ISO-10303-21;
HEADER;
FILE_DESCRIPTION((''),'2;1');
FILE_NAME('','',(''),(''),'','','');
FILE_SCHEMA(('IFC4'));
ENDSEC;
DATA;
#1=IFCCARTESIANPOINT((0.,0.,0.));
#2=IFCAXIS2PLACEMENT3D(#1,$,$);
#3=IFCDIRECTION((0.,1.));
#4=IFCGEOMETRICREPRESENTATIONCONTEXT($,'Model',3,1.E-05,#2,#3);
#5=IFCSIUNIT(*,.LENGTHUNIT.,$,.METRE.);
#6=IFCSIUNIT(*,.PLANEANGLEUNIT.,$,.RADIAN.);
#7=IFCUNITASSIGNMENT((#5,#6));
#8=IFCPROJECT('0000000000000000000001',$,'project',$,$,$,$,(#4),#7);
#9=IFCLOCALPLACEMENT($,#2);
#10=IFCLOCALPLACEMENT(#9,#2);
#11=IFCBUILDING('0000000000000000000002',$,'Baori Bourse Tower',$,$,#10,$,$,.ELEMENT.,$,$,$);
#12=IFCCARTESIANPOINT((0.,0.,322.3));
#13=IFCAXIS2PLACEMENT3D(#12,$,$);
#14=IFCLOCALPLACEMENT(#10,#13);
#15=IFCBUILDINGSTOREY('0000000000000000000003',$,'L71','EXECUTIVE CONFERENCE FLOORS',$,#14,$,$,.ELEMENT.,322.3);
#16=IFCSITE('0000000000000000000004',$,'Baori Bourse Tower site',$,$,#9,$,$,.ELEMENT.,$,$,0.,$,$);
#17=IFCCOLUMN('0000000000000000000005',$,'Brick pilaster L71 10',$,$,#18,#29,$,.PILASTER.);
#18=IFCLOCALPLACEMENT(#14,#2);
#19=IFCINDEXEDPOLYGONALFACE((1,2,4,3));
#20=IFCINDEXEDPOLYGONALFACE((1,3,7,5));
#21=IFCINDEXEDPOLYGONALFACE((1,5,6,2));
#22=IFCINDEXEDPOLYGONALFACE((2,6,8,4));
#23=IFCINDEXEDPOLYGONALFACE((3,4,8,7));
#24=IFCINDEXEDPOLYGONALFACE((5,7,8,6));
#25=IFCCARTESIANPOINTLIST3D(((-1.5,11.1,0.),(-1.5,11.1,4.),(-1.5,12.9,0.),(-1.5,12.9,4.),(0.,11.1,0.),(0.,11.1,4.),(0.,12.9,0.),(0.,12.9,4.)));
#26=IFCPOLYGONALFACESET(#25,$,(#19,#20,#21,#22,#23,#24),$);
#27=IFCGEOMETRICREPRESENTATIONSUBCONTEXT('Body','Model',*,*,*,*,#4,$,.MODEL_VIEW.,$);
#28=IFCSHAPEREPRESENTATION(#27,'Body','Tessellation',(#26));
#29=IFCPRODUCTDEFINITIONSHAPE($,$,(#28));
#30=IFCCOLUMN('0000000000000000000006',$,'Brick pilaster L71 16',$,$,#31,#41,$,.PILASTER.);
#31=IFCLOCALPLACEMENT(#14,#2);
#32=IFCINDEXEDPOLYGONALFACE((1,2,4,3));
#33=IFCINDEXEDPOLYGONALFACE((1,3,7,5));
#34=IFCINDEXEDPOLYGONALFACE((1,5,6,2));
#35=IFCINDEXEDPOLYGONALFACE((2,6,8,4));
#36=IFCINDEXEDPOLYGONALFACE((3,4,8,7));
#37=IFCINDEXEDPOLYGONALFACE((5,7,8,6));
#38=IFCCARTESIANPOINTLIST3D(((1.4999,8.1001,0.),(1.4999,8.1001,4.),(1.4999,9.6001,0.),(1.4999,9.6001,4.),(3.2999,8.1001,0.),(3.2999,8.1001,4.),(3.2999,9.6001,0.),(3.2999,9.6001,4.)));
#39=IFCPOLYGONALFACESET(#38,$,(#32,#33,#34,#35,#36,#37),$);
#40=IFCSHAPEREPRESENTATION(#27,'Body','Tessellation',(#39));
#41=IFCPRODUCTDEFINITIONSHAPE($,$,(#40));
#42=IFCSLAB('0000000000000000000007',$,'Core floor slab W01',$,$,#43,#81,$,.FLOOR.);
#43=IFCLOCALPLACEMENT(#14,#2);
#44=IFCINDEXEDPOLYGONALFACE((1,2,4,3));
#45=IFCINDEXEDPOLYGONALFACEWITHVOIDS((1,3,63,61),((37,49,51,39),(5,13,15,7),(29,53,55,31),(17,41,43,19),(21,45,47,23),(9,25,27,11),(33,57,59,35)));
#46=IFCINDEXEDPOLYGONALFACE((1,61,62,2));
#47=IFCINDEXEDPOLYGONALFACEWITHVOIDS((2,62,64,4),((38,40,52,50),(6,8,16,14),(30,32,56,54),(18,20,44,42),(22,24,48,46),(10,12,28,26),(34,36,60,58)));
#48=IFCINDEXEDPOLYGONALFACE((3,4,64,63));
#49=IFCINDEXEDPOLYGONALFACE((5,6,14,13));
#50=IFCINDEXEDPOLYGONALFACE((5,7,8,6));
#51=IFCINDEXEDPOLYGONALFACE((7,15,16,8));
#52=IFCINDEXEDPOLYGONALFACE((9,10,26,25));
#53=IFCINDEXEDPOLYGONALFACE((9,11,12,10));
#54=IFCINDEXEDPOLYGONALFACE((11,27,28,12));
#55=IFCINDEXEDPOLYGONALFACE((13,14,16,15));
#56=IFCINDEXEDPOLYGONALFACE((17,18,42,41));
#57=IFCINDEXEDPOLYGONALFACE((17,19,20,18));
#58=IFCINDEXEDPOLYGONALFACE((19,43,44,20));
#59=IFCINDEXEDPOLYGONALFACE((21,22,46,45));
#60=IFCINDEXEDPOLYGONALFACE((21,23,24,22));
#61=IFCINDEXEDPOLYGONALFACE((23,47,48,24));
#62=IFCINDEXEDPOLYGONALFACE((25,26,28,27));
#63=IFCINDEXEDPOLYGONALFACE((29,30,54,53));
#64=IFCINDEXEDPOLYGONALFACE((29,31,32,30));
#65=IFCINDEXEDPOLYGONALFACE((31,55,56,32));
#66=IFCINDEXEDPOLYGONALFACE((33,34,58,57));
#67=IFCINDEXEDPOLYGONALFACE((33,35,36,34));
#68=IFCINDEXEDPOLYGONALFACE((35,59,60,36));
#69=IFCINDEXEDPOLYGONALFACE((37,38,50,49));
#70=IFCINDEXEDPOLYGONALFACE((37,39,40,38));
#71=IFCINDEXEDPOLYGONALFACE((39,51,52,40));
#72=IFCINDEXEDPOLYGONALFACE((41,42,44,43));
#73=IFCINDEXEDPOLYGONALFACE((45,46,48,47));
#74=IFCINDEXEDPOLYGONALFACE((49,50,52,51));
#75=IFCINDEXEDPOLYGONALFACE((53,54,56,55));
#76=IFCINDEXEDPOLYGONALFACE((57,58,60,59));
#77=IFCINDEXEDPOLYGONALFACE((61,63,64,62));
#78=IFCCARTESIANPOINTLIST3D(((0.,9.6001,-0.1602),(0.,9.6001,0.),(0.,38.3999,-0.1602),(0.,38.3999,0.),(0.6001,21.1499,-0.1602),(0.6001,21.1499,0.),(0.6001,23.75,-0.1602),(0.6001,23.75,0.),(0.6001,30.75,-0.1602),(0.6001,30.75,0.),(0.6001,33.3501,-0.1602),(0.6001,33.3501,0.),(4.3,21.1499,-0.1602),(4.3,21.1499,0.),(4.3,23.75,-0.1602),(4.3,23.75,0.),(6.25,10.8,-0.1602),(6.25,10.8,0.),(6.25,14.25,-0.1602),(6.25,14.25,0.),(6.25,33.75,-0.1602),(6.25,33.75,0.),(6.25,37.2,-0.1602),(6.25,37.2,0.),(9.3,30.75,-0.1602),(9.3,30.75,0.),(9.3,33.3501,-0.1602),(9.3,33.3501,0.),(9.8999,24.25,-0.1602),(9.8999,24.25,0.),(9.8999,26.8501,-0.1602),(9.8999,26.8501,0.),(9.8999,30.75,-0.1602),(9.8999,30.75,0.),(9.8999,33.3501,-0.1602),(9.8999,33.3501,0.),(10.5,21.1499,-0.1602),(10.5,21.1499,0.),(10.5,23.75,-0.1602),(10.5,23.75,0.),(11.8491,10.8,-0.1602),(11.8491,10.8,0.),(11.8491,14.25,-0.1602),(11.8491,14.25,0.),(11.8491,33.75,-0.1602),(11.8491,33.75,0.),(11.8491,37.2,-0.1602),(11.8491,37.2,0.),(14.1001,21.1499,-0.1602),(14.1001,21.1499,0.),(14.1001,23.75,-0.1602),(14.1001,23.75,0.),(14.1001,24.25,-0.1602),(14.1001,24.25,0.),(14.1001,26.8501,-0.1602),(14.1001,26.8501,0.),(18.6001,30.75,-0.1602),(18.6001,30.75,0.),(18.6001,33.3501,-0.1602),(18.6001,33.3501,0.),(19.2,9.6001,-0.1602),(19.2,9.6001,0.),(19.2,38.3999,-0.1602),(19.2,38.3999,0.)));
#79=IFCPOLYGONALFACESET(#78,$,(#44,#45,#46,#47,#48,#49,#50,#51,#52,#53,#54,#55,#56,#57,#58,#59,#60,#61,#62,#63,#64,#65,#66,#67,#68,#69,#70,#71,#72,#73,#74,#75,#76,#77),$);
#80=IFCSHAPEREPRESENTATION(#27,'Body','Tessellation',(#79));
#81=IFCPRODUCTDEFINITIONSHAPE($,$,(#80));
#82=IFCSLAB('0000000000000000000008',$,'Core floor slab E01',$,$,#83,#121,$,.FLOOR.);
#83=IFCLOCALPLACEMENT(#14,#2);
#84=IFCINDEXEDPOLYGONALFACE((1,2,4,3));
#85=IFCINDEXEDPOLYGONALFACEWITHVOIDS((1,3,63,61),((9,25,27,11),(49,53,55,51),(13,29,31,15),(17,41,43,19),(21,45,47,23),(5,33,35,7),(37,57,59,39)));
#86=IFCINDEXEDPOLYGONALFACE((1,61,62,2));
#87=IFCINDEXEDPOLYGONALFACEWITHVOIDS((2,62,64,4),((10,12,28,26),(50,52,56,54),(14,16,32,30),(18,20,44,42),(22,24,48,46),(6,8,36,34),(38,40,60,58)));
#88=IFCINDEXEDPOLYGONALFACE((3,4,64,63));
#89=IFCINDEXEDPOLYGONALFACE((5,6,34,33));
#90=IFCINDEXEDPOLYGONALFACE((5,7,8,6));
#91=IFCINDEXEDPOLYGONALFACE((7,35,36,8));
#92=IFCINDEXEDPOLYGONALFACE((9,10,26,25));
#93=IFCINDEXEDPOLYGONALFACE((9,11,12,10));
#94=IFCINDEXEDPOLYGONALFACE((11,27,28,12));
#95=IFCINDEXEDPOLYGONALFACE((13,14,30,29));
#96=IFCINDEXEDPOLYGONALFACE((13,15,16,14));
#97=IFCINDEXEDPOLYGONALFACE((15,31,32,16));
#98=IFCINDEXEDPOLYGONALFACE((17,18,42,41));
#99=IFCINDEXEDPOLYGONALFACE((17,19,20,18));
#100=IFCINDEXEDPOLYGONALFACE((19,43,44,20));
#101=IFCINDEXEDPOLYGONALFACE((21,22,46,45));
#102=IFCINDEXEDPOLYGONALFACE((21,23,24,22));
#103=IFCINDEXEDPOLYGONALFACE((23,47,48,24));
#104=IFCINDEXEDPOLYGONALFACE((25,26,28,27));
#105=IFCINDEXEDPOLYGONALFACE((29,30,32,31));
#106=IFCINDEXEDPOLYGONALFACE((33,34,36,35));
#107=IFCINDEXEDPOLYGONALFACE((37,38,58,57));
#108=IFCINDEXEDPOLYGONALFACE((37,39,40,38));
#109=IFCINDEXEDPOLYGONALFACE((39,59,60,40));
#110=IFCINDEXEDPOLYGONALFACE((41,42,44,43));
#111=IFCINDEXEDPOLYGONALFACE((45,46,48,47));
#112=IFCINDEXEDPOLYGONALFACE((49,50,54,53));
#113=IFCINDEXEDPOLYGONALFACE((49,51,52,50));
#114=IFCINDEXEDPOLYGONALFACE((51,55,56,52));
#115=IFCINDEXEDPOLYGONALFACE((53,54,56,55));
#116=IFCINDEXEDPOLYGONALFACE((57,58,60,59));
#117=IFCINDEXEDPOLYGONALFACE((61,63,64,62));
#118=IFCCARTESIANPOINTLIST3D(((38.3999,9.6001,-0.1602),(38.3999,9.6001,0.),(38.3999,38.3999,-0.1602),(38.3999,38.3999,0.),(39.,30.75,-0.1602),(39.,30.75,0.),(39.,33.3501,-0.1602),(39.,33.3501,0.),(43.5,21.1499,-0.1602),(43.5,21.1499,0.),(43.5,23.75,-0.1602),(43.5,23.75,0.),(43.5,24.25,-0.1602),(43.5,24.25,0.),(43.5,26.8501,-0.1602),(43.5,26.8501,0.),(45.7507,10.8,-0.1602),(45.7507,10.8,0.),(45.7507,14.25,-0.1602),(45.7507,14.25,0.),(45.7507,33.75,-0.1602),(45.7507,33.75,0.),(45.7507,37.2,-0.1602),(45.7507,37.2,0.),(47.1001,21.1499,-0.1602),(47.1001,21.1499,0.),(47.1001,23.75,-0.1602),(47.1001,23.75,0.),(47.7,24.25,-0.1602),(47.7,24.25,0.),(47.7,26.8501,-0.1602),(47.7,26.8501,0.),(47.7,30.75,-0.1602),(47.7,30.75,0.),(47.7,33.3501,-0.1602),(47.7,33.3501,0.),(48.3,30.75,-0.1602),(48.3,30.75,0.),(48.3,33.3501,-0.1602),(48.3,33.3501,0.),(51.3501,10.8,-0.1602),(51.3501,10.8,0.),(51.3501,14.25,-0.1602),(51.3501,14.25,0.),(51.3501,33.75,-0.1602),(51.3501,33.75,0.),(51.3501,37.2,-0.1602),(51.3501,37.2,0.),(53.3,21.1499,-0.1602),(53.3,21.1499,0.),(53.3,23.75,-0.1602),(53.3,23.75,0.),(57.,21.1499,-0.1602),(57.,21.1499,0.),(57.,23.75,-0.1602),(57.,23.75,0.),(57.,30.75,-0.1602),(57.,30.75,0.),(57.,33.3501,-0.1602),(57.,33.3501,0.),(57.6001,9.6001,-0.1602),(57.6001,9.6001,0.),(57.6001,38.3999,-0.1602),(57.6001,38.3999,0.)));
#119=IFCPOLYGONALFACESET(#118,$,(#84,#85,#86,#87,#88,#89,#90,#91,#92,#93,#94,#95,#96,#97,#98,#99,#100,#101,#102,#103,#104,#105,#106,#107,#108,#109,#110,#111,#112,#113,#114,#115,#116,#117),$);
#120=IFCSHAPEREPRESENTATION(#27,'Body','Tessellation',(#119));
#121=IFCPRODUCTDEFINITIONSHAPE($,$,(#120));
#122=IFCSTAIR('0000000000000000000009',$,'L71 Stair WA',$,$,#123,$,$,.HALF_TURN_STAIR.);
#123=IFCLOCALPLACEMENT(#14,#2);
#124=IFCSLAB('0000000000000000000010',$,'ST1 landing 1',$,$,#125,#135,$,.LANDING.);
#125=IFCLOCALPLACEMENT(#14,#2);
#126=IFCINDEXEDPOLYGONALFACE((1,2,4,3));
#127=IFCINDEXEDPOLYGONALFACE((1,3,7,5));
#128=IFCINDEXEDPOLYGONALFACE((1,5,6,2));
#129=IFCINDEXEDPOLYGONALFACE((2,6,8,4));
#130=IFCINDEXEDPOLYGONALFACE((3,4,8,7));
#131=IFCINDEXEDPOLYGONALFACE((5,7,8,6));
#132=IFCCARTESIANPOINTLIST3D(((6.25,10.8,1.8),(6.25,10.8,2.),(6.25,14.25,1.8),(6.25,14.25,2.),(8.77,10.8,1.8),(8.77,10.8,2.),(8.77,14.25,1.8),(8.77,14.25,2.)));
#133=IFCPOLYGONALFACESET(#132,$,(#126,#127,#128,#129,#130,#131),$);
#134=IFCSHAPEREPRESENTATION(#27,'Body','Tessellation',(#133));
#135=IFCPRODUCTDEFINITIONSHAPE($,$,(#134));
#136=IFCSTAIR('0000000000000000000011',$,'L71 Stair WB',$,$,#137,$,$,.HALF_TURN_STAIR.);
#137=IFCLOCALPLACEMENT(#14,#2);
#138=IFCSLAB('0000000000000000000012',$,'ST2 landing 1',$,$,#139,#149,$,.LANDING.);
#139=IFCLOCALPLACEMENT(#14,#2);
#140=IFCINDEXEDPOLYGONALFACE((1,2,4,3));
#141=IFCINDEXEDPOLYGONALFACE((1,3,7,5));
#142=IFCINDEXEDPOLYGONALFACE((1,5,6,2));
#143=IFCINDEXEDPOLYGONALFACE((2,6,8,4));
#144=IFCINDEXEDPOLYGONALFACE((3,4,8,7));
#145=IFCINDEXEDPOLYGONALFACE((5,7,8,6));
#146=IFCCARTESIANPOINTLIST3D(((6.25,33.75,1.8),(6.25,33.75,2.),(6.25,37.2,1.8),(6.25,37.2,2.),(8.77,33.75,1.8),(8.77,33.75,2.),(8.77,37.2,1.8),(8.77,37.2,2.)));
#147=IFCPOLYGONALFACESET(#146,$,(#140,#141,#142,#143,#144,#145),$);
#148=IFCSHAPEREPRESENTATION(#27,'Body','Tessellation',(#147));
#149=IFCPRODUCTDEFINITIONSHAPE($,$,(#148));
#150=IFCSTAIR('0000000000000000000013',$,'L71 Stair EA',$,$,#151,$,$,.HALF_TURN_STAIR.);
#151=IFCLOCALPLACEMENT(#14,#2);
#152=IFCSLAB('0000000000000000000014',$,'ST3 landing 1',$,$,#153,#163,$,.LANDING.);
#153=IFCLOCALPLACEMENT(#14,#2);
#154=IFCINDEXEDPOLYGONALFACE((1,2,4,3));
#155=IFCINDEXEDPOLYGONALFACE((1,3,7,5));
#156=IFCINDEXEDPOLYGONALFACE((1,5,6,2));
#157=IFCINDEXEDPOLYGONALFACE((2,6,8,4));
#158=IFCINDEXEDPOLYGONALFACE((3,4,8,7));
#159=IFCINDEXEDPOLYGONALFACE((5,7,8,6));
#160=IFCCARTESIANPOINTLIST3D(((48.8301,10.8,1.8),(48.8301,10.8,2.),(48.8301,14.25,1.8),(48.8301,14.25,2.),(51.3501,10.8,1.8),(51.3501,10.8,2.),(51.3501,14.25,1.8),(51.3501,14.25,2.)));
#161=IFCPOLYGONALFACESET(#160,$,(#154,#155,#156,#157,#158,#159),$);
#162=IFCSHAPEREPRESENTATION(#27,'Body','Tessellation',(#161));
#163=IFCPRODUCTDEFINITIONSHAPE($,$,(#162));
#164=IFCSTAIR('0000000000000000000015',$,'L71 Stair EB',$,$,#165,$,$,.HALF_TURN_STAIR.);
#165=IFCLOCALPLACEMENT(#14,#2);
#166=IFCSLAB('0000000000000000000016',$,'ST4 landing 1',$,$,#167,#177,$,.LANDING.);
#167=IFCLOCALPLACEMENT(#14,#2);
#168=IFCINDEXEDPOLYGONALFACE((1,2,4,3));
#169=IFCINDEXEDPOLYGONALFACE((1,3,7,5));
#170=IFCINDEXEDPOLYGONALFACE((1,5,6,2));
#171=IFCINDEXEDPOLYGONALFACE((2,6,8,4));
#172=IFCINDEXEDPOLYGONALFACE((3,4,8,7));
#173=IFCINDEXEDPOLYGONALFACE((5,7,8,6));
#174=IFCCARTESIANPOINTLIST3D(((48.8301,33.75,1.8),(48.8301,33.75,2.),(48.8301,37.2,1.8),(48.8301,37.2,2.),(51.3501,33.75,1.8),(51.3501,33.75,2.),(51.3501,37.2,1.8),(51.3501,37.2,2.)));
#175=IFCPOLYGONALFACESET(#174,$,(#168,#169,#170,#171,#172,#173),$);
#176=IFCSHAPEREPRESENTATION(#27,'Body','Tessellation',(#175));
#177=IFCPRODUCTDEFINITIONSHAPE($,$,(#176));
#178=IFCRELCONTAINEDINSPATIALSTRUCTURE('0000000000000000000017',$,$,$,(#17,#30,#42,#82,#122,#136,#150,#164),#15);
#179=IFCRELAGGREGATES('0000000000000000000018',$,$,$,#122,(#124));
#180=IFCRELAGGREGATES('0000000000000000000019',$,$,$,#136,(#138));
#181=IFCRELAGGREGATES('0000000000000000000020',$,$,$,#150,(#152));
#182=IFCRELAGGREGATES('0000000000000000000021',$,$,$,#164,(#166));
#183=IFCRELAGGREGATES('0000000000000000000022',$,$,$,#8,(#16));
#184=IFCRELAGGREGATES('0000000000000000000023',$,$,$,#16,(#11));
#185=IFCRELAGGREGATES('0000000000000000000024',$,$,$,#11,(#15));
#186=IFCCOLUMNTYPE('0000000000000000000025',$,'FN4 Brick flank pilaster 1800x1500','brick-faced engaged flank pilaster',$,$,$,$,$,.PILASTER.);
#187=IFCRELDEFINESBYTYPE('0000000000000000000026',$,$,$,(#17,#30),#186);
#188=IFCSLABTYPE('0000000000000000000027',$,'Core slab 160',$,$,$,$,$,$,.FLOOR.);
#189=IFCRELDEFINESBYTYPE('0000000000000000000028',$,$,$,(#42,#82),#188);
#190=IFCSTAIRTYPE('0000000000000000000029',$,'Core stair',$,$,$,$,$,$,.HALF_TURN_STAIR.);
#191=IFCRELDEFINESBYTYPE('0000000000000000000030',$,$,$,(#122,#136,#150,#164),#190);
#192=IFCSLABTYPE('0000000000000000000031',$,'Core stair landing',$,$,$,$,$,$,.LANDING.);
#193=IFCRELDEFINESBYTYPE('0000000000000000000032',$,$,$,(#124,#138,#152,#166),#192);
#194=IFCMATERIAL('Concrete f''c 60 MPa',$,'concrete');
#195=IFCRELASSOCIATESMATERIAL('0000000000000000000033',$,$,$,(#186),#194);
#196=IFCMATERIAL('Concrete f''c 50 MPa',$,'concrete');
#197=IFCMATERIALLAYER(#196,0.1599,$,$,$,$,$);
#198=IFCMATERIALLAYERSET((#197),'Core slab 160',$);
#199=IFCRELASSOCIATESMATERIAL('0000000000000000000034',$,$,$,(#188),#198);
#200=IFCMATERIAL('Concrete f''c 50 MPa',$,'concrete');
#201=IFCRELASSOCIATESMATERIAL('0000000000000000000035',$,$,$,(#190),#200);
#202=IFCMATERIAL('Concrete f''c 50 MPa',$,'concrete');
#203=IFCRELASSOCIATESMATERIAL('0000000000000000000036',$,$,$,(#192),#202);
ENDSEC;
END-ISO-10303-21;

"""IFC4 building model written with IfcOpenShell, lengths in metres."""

from ifc_helpers import new_model, si_unit, direction, frame, origin, origin_2d, place, context, subcontext, project, spatial, polyline, rectangle, outline, extrude, material, layer, layer_set, material_profile, profile_set, type_object, element, aggregate, save


model = new_model("IFC4")

# Units and contexts
model_context = context("Model", 3, precision=1e-05, world=origin(), true_north=direction((0.0, 1.0)))
body_context = subcontext(model_context, "Body", "Model", "MODEL_VIEW")
ifc_project = project(units=[si_unit("LENGTHUNIT", "METRE"), si_unit("PLANEANGLEUNIT", "RADIAN")], contexts=[model_context])

# Site, building, storey
site_placement = place(None, origin())
site = spatial("IfcSite", under=ifc_project, at=site_placement, Name="Baori Bourse Tower site", CompositionType="ELEMENT", RefElevation=0.0)
building_placement = place(site_placement, origin())
building = spatial("IfcBuilding", under=site, at=building_placement, Name="Baori Bourse Tower", CompositionType="ELEMENT")
storey_placement = place(building_placement, frame((0.0, 0.0, 322.3)))
storey = spatial("IfcBuildingStorey", under=building, at=storey_placement, Name="L71", Description="EXECUTIVE CONFERENCE FLOORS", CompositionType="ELEMENT", Elevation=322.3)

# Columns
ifc_material_1 = material(Name="Concrete f'c 60 MPa", Category="concrete")
ifc_material_profile = material_profile(ifc_material_1, rectangle(XDim=1.8, YDim=1.5, at=origin_2d()), Name="RC 1800x1500")
ifc_profile_set = profile_set([ifc_material_profile], Name="Concrete f'c 60 MPa")
column_type = type_object("IfcColumnType", Name="FN4 Brick flank pilaster 1800x1500", Description="brick-faced engaged flank pilaster", PredefinedType="PILASTER", material=ifc_profile_set)
for number, where, z_axis, x_axis, name in (
    (1, (-0.75, 12.0, 0.0), (0.0, 0.0, 1.0), (0.0, 1.0, 0.0), "Brick pilaster L71 10"),
    (2, (2.3999, 8.8501, 0.0), (0.0, 0.0, 1.0), (1.0, 0.0, 0.0), "Brick pilaster L71 16"),
):
    element("IfcColumn", number, at=place(storey_placement, frame(where, z_axis=z_axis, x_axis=x_axis)), inside=storey, type_object=column_type, Name=name, PredefinedType="PILASTER", context=body_context, shape_type="SweptSolid", body=[
        extrude(rectangle(XDim=1.8, YDim=1.5, at=origin_2d()), origin(), (0.0, 0.0, 1.0), 4.0),
    ])

# Slabs
ifc_material_2 = material(Name="Concrete f'c 50 MPa", Category="concrete")
ifc_layer_1 = layer(ifc_material_2, 0.1599)
ifc_layer_set_1 = layer_set([ifc_layer_1], Name="Core slab 160")
slab_type_1 = type_object("IfcSlabType", Name="Core slab 160", PredefinedType="FLOOR", material=ifc_layer_set_1)
slab_1_placement = place(storey_placement, frame((0.0, 0.0, -0.1602)))
element("IfcSlab", 3, at=slab_1_placement, inside=storey, type_object=slab_type_1, Name="Core floor slab W01", PredefinedType="FLOOR", context=body_context, shape_type="SweptSolid", body=[
    extrude(outline(polyline([(19.2, 38.3999), (0.0, 38.3999), (0.0, 9.6001), (19.2, 9.6001), (19.2, 38.3999)]), holes=[polyline([(9.8999, 33.3501), (18.6001, 33.3501), (18.6001, 30.75), (9.8999, 30.75), (9.8999, 33.3501)]), polyline([(10.5, 21.1499), (10.5, 23.75), (14.1001, 23.75), (14.1001, 21.1499), (10.5, 21.1499)]), polyline([(14.1001, 24.25), (9.8999, 24.25), (9.8999, 26.8501), (14.1001, 26.8501), (14.1001, 24.25)]), polyline([(6.25, 14.25), (11.8491, 14.25), (11.8491, 10.8), (6.25, 10.8), (6.25, 14.25)]), polyline([(11.8491, 37.2), (11.8491, 33.75), (6.25, 33.75), (6.25, 37.2), (11.8491, 37.2)]), polyline([(0.6001, 30.75), (0.6001, 33.3501), (9.3, 33.3501), (9.3, 30.75), (0.6001, 30.75)]), polyline([(4.3, 23.75), (4.3, 21.1499), (0.6001, 21.1499), (0.6001, 23.75), (4.3, 23.75)])]), origin(), (0.0, 0.0, 1.0), 0.1602),
])
slab_2_placement = place(storey_placement, frame((0.0, 0.0, -0.1602)))
element("IfcSlab", 4, at=slab_2_placement, inside=storey, type_object=slab_type_1, Name="Core floor slab E01", PredefinedType="FLOOR", context=body_context, shape_type="SweptSolid", body=[
    extrude(outline(polyline([(57.6001, 9.6001), (57.6001, 38.3999), (38.3999, 38.3999), (38.3999, 9.6001), (57.6001, 9.6001)]), holes=[polyline([(48.3, 33.3501), (57.0, 33.3501), (57.0, 30.75), (48.3, 30.75), (48.3, 33.3501)]), polyline([(57.0, 21.1499), (53.3, 21.1499), (53.3, 23.75), (57.0, 23.75), (57.0, 21.1499)]), polyline([(45.7507, 14.25), (51.3501, 14.25), (51.3501, 10.8), (45.7507, 10.8), (45.7507, 14.25)]), polyline([(51.3501, 37.2), (51.3501, 33.75), (45.7507, 33.75), (45.7507, 37.2), (51.3501, 37.2)]), polyline([(43.5, 24.25), (43.5, 26.8501), (47.7, 26.8501), (47.7, 24.25), (43.5, 24.25)]), polyline([(47.7, 33.3501), (47.7, 30.75), (39.0, 30.75), (39.0, 33.3501), (47.7, 33.3501)]), polyline([(43.5, 23.75), (47.1001, 23.75), (47.1001, 21.1499), (43.5, 21.1499), (43.5, 23.75)])]), origin(), (0.0, 0.0, 1.0), 0.1602),
])

# Stairs, slabs
ifc_material_3 = material(Name="Concrete f'c 50 MPa", Category="concrete")
stair_type = type_object("IfcStairType", Name="Core stair", PredefinedType="HALF_TURN_STAIR", material=ifc_material_3)
stair_1_placement = place(storey_placement, origin())
stair_1 = element("IfcStair", 5, at=stair_1_placement, inside=storey, type_object=stair_type, Name="L71 Stair WA", PredefinedType="HALF_TURN_STAIR")
ifc_material_4 = material(Name="Concrete f'c 50 MPa", Category="concrete")
slab_type_2 = type_object("IfcSlabType", Name="Core stair landing", PredefinedType="LANDING", material=ifc_material_4)
slab_3_placement = place(storey_placement, frame((0.0, 0.0, 1.8)))
slab_3 = element("IfcSlab", 6, at=slab_3_placement, type_object=slab_type_2, Name="ST1 landing 1", PredefinedType="LANDING", context=body_context, shape_type="SweptSolid", body=[
    extrude(outline(polyline([(8.77, 14.25), (6.25, 14.25), (6.25, 10.8), (8.77, 10.8), (8.77, 14.25)])), origin(), (0.0, 0.0, 1.0), 0.2),
])
aggregate(stair_1, [slab_3])
stair_2_placement = place(storey_placement, origin())
stair_2 = element("IfcStair", 7, at=stair_2_placement, inside=storey, type_object=stair_type, Name="L71 Stair WB", PredefinedType="HALF_TURN_STAIR")
slab_4_placement = place(storey_placement, frame((0.0, 0.0, 1.8)))
slab_4 = element("IfcSlab", 8, at=slab_4_placement, type_object=slab_type_2, Name="ST2 landing 1", PredefinedType="LANDING", context=body_context, shape_type="SweptSolid", body=[
    extrude(outline(polyline([(8.77, 37.2), (6.25, 37.2), (6.25, 33.75), (8.77, 33.75), (8.77, 37.2)])), origin(), (0.0, 0.0, 1.0), 0.2),
])
aggregate(stair_2, [slab_4])
stair_3_placement = place(storey_placement, origin())
stair_3 = element("IfcStair", 9, at=stair_3_placement, inside=storey, type_object=stair_type, Name="L71 Stair EA", PredefinedType="HALF_TURN_STAIR")
slab_5_placement = place(storey_placement, frame((0.0, 0.0, 1.8)))
slab_5 = element("IfcSlab", 10, at=slab_5_placement, type_object=slab_type_2, Name="ST3 landing 1", PredefinedType="LANDING", context=body_context, shape_type="SweptSolid", body=[
    extrude(outline(polyline([(48.8301, 10.8), (51.3501, 10.8), (51.3501, 14.25), (48.8301, 14.25), (48.8301, 10.8)])), origin(), (0.0, 0.0, 1.0), 0.2),
])
aggregate(stair_3, [slab_5])
stair_4_placement = place(storey_placement, origin())
stair_4 = element("IfcStair", 11, at=stair_4_placement, inside=storey, type_object=stair_type, Name="L71 Stair EB", PredefinedType="HALF_TURN_STAIR")
slab_6_placement = place(storey_placement, frame((0.0, 0.0, 1.8)))
slab_6 = element("IfcSlab", 12, at=slab_6_placement, type_object=slab_type_2, Name="ST4 landing 1", PredefinedType="LANDING", context=body_context, shape_type="SweptSolid", body=[
    extrude(outline(polyline([(48.8301, 33.75), (51.3501, 33.75), (51.3501, 37.2), (48.8301, 37.2), (48.8301, 33.75)])), origin(), (0.0, 0.0, 1.0), 0.2),
])
aggregate(stair_4, [slab_6])

save(model, "model.ifc")
